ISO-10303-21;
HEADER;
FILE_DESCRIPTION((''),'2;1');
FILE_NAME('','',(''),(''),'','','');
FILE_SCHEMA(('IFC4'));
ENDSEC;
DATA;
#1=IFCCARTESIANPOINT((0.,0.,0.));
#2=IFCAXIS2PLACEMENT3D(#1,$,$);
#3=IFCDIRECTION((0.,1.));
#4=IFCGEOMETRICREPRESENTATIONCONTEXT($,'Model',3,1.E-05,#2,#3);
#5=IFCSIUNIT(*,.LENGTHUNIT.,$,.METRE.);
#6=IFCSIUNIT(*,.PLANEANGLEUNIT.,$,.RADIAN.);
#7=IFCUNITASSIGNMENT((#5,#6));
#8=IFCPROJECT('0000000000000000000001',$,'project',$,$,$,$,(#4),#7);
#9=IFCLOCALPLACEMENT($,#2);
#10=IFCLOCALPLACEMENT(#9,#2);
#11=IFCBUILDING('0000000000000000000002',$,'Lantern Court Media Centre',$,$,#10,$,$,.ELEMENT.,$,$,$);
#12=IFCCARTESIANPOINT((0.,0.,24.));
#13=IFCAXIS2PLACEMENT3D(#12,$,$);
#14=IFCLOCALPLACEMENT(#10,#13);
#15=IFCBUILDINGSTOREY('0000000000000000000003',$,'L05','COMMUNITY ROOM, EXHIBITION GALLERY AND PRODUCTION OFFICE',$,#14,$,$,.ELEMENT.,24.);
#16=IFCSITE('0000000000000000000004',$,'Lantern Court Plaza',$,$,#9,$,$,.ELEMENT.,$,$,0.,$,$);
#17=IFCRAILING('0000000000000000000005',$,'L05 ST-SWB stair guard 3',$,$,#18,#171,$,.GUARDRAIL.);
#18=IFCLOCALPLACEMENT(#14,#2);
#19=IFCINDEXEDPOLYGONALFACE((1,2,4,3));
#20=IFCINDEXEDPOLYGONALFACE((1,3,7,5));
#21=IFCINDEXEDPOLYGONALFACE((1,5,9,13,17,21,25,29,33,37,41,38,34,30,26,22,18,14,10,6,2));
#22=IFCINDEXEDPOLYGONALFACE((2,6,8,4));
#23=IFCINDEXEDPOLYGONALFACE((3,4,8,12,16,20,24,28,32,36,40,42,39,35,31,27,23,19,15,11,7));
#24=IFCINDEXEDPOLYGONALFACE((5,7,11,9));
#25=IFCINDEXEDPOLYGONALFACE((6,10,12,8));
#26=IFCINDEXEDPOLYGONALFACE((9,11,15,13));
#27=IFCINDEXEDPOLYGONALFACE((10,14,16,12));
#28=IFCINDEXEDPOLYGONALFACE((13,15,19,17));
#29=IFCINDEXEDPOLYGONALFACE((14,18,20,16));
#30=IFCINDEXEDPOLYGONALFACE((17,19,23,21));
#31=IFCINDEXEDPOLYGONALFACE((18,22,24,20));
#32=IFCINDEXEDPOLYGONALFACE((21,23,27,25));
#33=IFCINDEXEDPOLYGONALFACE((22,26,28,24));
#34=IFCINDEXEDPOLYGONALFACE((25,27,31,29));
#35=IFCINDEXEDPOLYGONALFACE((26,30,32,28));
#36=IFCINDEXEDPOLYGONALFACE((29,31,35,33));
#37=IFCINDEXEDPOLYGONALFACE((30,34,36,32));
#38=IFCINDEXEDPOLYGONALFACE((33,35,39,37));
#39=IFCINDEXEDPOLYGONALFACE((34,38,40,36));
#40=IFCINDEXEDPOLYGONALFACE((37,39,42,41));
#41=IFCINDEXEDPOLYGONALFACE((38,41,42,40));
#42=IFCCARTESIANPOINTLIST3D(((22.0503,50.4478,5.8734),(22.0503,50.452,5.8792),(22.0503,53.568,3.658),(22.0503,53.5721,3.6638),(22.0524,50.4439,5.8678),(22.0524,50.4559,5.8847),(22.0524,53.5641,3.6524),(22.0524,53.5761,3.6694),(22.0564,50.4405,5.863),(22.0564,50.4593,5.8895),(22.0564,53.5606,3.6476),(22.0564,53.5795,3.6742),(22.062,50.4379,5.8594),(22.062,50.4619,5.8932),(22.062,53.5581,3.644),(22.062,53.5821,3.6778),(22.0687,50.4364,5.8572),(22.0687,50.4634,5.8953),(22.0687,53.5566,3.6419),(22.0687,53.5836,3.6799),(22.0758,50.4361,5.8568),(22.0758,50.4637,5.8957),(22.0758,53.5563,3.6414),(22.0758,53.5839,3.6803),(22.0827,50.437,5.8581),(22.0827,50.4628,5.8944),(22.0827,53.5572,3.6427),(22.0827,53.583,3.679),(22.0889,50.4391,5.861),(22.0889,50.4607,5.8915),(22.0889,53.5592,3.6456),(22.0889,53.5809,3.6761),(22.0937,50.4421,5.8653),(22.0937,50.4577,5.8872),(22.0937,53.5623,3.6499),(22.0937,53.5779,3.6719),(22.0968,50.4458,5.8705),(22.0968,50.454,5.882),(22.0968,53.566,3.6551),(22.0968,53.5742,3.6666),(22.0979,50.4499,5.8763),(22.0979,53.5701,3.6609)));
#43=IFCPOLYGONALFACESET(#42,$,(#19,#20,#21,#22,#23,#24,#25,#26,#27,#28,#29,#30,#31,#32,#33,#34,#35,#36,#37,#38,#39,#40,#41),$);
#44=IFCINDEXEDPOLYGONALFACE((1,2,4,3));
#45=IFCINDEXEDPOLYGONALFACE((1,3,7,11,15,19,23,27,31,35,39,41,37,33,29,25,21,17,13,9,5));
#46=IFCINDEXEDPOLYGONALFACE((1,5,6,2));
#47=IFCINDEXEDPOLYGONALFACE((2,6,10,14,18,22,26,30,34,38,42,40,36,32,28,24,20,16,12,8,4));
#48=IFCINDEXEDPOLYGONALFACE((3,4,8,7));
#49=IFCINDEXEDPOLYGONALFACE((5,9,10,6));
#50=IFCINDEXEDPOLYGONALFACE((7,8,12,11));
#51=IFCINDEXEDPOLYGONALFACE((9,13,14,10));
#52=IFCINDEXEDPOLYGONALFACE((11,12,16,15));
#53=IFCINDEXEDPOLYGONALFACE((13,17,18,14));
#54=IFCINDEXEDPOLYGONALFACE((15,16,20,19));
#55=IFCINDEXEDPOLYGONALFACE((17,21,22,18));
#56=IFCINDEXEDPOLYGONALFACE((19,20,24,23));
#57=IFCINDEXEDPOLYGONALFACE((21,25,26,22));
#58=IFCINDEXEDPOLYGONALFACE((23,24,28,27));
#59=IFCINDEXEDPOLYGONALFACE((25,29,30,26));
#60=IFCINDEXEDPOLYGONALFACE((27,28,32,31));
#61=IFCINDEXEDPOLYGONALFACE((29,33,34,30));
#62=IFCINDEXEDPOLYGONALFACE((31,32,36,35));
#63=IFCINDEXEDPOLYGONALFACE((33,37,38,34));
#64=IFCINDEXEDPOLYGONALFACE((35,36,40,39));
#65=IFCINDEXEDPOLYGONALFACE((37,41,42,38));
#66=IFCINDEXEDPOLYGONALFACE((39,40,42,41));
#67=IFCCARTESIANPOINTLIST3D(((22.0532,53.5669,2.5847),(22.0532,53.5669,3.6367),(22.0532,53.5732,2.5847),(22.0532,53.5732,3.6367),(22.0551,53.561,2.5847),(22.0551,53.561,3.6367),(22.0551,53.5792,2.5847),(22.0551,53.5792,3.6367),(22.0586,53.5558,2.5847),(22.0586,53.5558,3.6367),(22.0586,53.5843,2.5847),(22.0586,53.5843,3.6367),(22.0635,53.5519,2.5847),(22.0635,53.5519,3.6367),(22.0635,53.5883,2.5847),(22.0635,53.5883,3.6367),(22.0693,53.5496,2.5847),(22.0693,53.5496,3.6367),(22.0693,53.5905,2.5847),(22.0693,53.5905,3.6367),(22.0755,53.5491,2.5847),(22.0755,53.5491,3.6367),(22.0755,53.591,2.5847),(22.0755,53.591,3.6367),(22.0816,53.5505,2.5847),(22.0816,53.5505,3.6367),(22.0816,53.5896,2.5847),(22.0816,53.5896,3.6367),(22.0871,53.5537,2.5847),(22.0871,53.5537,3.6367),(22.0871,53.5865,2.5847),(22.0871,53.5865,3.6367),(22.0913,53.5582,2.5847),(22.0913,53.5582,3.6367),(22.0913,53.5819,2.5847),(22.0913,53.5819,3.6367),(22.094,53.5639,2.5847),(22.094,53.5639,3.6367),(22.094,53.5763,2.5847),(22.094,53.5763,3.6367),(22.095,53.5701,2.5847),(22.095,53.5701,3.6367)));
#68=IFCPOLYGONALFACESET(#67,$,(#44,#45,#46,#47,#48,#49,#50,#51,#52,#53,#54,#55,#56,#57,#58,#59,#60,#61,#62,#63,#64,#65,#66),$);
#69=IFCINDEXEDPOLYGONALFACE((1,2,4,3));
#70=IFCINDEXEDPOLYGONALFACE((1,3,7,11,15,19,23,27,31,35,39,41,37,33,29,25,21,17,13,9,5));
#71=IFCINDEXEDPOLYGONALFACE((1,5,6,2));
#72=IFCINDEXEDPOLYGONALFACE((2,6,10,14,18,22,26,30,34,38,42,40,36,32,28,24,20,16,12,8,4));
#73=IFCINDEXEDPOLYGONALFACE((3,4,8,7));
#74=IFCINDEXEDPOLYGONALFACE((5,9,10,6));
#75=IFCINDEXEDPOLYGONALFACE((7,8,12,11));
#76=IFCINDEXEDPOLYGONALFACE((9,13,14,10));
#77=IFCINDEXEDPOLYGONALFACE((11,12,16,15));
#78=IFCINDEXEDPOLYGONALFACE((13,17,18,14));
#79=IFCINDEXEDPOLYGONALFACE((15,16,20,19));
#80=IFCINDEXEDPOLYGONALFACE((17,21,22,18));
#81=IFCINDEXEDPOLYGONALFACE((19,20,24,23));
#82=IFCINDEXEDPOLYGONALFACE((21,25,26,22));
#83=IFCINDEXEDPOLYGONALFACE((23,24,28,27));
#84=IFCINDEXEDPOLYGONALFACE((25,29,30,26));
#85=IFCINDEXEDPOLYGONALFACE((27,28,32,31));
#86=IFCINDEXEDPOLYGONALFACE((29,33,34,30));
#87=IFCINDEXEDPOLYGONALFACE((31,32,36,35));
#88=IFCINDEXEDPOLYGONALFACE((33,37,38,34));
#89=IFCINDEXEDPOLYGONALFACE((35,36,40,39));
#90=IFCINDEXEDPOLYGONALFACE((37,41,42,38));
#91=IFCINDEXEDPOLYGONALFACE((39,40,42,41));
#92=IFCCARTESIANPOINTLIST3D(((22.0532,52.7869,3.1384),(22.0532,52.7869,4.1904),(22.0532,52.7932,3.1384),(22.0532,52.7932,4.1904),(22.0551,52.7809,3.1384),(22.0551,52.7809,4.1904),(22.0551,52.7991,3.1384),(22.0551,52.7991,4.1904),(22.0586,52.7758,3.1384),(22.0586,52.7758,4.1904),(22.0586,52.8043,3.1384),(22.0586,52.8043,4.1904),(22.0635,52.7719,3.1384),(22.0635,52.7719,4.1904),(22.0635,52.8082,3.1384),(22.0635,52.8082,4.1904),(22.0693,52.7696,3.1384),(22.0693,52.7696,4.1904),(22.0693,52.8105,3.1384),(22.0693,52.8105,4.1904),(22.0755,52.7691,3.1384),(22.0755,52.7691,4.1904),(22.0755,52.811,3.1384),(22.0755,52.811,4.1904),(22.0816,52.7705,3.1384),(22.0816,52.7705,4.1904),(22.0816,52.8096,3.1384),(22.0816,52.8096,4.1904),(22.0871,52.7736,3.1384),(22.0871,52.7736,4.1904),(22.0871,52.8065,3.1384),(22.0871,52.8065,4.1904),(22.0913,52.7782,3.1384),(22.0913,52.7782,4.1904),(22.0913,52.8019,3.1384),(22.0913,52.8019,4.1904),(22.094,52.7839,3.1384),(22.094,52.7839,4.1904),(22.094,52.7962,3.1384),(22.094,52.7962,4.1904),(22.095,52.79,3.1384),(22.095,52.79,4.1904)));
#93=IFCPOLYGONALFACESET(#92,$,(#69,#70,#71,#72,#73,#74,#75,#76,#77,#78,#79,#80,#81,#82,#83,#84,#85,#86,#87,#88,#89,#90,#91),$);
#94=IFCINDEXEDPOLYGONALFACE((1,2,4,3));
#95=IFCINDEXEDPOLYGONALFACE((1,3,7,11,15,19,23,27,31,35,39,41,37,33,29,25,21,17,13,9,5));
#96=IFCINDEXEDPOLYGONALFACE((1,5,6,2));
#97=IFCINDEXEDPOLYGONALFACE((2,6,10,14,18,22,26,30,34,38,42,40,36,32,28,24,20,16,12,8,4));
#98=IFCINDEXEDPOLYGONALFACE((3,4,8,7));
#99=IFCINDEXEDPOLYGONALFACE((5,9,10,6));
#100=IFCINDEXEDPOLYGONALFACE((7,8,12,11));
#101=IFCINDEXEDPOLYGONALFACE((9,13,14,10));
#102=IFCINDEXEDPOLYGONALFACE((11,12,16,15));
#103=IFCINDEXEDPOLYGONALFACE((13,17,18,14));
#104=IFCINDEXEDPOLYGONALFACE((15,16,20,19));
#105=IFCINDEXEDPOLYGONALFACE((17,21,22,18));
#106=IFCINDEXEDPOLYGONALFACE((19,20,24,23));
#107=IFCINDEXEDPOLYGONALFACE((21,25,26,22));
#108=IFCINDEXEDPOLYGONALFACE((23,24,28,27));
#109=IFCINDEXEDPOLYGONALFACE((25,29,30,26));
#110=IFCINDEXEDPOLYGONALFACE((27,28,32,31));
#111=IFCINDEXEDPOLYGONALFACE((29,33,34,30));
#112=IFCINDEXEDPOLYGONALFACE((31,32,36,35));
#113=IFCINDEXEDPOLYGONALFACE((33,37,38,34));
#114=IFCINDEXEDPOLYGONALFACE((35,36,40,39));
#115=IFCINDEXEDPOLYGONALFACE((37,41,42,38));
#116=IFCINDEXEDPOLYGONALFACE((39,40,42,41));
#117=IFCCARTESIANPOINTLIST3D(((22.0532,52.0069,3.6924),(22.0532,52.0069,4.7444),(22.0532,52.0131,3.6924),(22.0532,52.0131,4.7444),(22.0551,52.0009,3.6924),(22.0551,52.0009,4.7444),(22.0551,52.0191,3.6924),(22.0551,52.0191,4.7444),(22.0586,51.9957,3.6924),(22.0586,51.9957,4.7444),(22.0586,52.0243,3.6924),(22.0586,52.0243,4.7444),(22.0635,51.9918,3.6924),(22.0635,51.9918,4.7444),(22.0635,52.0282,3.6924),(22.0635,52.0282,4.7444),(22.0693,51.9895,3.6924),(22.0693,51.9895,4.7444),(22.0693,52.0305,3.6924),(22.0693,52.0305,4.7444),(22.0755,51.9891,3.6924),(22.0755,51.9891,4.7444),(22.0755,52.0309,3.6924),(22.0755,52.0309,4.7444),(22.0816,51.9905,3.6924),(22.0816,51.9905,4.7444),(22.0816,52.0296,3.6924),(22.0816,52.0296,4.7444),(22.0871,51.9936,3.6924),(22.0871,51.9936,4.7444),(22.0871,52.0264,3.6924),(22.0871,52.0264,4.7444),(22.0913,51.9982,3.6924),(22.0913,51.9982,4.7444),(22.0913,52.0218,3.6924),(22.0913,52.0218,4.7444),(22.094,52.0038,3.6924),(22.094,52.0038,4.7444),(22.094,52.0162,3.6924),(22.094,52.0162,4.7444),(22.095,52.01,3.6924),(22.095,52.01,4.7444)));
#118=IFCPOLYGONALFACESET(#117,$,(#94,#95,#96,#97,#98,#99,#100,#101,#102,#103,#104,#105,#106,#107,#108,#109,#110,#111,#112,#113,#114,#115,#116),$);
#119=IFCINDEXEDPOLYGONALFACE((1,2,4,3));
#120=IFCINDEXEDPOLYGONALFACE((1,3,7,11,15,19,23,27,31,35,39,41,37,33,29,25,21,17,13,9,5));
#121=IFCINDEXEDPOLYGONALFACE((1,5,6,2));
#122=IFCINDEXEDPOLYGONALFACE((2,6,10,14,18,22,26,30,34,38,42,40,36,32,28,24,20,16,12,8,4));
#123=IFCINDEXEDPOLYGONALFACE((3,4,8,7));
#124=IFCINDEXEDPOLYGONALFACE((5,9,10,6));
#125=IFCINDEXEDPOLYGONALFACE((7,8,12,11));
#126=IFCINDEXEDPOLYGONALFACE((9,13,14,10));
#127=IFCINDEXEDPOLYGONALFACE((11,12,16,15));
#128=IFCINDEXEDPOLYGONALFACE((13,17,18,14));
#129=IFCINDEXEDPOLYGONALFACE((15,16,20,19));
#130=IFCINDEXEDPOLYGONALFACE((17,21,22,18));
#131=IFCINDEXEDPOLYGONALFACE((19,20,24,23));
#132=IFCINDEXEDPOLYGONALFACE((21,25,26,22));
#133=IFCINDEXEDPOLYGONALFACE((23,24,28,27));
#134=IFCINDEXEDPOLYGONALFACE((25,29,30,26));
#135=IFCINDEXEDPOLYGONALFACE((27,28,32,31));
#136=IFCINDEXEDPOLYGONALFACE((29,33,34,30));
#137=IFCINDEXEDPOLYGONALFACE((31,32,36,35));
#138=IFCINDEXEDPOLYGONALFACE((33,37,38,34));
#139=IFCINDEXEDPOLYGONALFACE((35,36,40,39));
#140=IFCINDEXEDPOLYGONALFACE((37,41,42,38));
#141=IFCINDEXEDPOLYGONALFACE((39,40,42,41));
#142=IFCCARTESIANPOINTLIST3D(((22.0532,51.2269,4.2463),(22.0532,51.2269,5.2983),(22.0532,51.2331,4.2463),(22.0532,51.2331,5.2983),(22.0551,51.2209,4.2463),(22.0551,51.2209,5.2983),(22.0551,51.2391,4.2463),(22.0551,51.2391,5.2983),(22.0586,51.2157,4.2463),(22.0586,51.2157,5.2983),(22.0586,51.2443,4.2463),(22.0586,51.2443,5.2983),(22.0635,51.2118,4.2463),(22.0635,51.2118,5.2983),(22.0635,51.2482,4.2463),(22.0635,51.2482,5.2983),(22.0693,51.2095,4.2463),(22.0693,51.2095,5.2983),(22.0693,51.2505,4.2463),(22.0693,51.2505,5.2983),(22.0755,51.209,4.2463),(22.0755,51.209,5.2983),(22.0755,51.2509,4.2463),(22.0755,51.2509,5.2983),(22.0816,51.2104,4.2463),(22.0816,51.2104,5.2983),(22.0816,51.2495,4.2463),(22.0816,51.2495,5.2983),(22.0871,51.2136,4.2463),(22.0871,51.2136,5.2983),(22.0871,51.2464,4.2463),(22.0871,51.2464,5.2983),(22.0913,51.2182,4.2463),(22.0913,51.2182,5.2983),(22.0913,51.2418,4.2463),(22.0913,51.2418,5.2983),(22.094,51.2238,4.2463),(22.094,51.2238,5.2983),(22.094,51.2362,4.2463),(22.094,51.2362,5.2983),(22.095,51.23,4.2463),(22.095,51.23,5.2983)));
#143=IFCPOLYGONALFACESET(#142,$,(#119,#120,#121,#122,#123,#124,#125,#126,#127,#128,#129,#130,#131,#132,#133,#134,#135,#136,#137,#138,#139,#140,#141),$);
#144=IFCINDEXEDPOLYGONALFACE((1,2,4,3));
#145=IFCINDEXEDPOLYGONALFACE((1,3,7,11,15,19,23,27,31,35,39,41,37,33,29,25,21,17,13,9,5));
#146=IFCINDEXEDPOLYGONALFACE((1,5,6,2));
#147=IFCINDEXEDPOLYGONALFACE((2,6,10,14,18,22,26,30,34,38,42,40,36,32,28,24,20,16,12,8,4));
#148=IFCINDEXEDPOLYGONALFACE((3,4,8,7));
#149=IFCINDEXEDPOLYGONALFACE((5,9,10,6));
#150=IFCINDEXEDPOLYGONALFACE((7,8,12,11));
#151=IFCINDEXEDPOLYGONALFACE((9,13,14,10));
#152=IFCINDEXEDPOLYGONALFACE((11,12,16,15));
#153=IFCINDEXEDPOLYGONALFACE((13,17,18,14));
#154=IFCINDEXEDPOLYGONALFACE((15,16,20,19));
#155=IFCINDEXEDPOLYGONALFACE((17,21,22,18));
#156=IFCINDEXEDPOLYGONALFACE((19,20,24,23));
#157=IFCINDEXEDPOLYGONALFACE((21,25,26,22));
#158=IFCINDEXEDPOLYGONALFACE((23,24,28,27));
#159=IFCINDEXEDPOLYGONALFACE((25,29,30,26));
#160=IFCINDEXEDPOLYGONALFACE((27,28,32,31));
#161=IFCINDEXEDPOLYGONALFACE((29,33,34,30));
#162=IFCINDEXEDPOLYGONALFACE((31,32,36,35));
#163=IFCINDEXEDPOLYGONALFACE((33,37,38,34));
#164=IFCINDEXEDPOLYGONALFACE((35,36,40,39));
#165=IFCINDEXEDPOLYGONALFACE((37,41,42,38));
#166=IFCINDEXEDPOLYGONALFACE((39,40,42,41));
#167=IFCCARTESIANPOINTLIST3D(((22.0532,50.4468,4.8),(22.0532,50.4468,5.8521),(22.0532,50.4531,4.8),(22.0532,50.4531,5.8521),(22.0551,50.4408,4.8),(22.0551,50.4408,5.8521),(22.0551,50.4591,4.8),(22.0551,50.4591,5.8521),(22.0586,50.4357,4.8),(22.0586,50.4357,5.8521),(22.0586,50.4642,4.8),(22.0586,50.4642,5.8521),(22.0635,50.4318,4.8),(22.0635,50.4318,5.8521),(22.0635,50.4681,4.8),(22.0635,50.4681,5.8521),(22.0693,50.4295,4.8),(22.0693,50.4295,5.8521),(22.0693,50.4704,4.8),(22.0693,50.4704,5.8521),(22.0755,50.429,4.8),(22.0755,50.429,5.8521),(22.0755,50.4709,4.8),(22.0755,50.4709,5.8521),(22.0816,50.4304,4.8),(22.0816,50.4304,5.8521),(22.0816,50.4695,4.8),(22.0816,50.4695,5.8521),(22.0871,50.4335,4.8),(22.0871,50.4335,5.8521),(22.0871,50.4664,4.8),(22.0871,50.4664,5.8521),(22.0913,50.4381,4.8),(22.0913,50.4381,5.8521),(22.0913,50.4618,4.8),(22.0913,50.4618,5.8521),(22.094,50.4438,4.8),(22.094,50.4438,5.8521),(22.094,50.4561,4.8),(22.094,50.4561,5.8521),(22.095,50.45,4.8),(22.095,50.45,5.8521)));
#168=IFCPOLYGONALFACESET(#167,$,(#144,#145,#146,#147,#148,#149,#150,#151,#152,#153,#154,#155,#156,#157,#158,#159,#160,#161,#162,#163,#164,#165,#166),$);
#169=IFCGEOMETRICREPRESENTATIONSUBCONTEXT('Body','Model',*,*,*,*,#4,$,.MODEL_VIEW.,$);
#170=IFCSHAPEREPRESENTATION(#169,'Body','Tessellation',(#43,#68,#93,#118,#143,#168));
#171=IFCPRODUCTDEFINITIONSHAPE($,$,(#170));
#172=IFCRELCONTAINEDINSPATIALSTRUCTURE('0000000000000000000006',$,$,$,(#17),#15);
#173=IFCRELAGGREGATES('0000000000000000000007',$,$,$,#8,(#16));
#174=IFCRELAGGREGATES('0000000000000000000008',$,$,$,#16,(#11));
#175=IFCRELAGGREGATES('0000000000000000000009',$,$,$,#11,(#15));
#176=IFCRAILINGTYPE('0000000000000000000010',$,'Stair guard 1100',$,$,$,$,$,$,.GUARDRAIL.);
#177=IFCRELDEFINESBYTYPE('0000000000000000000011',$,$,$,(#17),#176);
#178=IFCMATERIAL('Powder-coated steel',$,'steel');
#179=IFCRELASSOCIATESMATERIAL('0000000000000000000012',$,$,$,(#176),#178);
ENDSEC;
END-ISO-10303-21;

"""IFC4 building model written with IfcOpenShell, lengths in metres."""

from ifc_helpers import new_model, si_unit, direction, frame, origin, origin_2d, place, context, subcontext, project, spatial, circle, extrude, material, type_object, element, save


model = new_model("IFC4")

# Units and contexts
model_context = context("Model", 3, precision=1e-05, world=origin(), true_north=direction((0.0, 1.0)))
body_context = subcontext(model_context, "Body", "Model", "MODEL_VIEW")
ifc_project = project(units=[si_unit("LENGTHUNIT", "METRE"), si_unit("PLANEANGLEUNIT", "RADIAN")], contexts=[model_context])

# Site, building, storey
site_placement = place(None, origin())
site = spatial("IfcSite", under=ifc_project, at=site_placement, Name="Lantern Court Plaza", CompositionType="ELEMENT", RefElevation=0.0)
building_placement = place(site_placement, origin())
building = spatial("IfcBuilding", under=site, at=building_placement, Name="Lantern Court Media Centre", CompositionType="ELEMENT")
storey_placement = place(building_placement, frame((0.0, 0.0, 24.0)))
storey = spatial("IfcBuildingStorey", under=building, at=storey_placement, Name="L05", Description="COMMUNITY ROOM, EXHIBITION GALLERY AND PRODUCTION OFFICE", CompositionType="ELEMENT", Elevation=24.0)

# Railing
ifc_material_1 = material(Name="Powder-coated steel", Category="steel")
railing_type_1 = type_object("IfcRailingType", Name="Stair guard 1100", PredefinedType="GUARDRAIL", material=ifc_material_1)
railing_1_placement = place(storey_placement, frame((22.074, 53.5701, 2.5847)))
element("IfcRailing", 1, at=railing_1_placement, inside=storey, type_object=railing_type_1, Name="L05 ST-SWB stair guard 3", PredefinedType="GUARDRAIL", context=body_context, shape_type="SweptSolid", body=[
    extrude(circle(Radius=0.0239, at=origin_2d()), frame((0.0, 0.0, 1.0762), z_axis=(0.0, -0.815377, 0.57893), x_axis=(1.0, 0.0, 0.0)), (0.0, 0.0, 1.0), 3.8267),
    extrude(circle(Radius=0.021, at=origin_2d()), origin(), (0.0, 0.0, 1.0), 1.052),
    extrude(circle(Radius=0.021, at=origin_2d()), frame((0.0, -0.78, 0.5537)), (0.0, 0.0, 1.0), 1.052),
    extrude(circle(Radius=0.021, at=origin_2d()), frame((0.0, -1.5601, 1.1077)), (0.0, 0.0, 1.0), 1.052),
    extrude(circle(Radius=0.021, at=origin_2d()), frame((0.0, -2.3401, 1.6616)), (0.0, 0.0, 1.0), 1.052),
    extrude(circle(Radius=0.021, at=origin_2d()), frame((0.0, -3.1201, 2.2153)), (0.0, 0.0, 1.0), 1.052),
])

save(model, "model.ifc")
